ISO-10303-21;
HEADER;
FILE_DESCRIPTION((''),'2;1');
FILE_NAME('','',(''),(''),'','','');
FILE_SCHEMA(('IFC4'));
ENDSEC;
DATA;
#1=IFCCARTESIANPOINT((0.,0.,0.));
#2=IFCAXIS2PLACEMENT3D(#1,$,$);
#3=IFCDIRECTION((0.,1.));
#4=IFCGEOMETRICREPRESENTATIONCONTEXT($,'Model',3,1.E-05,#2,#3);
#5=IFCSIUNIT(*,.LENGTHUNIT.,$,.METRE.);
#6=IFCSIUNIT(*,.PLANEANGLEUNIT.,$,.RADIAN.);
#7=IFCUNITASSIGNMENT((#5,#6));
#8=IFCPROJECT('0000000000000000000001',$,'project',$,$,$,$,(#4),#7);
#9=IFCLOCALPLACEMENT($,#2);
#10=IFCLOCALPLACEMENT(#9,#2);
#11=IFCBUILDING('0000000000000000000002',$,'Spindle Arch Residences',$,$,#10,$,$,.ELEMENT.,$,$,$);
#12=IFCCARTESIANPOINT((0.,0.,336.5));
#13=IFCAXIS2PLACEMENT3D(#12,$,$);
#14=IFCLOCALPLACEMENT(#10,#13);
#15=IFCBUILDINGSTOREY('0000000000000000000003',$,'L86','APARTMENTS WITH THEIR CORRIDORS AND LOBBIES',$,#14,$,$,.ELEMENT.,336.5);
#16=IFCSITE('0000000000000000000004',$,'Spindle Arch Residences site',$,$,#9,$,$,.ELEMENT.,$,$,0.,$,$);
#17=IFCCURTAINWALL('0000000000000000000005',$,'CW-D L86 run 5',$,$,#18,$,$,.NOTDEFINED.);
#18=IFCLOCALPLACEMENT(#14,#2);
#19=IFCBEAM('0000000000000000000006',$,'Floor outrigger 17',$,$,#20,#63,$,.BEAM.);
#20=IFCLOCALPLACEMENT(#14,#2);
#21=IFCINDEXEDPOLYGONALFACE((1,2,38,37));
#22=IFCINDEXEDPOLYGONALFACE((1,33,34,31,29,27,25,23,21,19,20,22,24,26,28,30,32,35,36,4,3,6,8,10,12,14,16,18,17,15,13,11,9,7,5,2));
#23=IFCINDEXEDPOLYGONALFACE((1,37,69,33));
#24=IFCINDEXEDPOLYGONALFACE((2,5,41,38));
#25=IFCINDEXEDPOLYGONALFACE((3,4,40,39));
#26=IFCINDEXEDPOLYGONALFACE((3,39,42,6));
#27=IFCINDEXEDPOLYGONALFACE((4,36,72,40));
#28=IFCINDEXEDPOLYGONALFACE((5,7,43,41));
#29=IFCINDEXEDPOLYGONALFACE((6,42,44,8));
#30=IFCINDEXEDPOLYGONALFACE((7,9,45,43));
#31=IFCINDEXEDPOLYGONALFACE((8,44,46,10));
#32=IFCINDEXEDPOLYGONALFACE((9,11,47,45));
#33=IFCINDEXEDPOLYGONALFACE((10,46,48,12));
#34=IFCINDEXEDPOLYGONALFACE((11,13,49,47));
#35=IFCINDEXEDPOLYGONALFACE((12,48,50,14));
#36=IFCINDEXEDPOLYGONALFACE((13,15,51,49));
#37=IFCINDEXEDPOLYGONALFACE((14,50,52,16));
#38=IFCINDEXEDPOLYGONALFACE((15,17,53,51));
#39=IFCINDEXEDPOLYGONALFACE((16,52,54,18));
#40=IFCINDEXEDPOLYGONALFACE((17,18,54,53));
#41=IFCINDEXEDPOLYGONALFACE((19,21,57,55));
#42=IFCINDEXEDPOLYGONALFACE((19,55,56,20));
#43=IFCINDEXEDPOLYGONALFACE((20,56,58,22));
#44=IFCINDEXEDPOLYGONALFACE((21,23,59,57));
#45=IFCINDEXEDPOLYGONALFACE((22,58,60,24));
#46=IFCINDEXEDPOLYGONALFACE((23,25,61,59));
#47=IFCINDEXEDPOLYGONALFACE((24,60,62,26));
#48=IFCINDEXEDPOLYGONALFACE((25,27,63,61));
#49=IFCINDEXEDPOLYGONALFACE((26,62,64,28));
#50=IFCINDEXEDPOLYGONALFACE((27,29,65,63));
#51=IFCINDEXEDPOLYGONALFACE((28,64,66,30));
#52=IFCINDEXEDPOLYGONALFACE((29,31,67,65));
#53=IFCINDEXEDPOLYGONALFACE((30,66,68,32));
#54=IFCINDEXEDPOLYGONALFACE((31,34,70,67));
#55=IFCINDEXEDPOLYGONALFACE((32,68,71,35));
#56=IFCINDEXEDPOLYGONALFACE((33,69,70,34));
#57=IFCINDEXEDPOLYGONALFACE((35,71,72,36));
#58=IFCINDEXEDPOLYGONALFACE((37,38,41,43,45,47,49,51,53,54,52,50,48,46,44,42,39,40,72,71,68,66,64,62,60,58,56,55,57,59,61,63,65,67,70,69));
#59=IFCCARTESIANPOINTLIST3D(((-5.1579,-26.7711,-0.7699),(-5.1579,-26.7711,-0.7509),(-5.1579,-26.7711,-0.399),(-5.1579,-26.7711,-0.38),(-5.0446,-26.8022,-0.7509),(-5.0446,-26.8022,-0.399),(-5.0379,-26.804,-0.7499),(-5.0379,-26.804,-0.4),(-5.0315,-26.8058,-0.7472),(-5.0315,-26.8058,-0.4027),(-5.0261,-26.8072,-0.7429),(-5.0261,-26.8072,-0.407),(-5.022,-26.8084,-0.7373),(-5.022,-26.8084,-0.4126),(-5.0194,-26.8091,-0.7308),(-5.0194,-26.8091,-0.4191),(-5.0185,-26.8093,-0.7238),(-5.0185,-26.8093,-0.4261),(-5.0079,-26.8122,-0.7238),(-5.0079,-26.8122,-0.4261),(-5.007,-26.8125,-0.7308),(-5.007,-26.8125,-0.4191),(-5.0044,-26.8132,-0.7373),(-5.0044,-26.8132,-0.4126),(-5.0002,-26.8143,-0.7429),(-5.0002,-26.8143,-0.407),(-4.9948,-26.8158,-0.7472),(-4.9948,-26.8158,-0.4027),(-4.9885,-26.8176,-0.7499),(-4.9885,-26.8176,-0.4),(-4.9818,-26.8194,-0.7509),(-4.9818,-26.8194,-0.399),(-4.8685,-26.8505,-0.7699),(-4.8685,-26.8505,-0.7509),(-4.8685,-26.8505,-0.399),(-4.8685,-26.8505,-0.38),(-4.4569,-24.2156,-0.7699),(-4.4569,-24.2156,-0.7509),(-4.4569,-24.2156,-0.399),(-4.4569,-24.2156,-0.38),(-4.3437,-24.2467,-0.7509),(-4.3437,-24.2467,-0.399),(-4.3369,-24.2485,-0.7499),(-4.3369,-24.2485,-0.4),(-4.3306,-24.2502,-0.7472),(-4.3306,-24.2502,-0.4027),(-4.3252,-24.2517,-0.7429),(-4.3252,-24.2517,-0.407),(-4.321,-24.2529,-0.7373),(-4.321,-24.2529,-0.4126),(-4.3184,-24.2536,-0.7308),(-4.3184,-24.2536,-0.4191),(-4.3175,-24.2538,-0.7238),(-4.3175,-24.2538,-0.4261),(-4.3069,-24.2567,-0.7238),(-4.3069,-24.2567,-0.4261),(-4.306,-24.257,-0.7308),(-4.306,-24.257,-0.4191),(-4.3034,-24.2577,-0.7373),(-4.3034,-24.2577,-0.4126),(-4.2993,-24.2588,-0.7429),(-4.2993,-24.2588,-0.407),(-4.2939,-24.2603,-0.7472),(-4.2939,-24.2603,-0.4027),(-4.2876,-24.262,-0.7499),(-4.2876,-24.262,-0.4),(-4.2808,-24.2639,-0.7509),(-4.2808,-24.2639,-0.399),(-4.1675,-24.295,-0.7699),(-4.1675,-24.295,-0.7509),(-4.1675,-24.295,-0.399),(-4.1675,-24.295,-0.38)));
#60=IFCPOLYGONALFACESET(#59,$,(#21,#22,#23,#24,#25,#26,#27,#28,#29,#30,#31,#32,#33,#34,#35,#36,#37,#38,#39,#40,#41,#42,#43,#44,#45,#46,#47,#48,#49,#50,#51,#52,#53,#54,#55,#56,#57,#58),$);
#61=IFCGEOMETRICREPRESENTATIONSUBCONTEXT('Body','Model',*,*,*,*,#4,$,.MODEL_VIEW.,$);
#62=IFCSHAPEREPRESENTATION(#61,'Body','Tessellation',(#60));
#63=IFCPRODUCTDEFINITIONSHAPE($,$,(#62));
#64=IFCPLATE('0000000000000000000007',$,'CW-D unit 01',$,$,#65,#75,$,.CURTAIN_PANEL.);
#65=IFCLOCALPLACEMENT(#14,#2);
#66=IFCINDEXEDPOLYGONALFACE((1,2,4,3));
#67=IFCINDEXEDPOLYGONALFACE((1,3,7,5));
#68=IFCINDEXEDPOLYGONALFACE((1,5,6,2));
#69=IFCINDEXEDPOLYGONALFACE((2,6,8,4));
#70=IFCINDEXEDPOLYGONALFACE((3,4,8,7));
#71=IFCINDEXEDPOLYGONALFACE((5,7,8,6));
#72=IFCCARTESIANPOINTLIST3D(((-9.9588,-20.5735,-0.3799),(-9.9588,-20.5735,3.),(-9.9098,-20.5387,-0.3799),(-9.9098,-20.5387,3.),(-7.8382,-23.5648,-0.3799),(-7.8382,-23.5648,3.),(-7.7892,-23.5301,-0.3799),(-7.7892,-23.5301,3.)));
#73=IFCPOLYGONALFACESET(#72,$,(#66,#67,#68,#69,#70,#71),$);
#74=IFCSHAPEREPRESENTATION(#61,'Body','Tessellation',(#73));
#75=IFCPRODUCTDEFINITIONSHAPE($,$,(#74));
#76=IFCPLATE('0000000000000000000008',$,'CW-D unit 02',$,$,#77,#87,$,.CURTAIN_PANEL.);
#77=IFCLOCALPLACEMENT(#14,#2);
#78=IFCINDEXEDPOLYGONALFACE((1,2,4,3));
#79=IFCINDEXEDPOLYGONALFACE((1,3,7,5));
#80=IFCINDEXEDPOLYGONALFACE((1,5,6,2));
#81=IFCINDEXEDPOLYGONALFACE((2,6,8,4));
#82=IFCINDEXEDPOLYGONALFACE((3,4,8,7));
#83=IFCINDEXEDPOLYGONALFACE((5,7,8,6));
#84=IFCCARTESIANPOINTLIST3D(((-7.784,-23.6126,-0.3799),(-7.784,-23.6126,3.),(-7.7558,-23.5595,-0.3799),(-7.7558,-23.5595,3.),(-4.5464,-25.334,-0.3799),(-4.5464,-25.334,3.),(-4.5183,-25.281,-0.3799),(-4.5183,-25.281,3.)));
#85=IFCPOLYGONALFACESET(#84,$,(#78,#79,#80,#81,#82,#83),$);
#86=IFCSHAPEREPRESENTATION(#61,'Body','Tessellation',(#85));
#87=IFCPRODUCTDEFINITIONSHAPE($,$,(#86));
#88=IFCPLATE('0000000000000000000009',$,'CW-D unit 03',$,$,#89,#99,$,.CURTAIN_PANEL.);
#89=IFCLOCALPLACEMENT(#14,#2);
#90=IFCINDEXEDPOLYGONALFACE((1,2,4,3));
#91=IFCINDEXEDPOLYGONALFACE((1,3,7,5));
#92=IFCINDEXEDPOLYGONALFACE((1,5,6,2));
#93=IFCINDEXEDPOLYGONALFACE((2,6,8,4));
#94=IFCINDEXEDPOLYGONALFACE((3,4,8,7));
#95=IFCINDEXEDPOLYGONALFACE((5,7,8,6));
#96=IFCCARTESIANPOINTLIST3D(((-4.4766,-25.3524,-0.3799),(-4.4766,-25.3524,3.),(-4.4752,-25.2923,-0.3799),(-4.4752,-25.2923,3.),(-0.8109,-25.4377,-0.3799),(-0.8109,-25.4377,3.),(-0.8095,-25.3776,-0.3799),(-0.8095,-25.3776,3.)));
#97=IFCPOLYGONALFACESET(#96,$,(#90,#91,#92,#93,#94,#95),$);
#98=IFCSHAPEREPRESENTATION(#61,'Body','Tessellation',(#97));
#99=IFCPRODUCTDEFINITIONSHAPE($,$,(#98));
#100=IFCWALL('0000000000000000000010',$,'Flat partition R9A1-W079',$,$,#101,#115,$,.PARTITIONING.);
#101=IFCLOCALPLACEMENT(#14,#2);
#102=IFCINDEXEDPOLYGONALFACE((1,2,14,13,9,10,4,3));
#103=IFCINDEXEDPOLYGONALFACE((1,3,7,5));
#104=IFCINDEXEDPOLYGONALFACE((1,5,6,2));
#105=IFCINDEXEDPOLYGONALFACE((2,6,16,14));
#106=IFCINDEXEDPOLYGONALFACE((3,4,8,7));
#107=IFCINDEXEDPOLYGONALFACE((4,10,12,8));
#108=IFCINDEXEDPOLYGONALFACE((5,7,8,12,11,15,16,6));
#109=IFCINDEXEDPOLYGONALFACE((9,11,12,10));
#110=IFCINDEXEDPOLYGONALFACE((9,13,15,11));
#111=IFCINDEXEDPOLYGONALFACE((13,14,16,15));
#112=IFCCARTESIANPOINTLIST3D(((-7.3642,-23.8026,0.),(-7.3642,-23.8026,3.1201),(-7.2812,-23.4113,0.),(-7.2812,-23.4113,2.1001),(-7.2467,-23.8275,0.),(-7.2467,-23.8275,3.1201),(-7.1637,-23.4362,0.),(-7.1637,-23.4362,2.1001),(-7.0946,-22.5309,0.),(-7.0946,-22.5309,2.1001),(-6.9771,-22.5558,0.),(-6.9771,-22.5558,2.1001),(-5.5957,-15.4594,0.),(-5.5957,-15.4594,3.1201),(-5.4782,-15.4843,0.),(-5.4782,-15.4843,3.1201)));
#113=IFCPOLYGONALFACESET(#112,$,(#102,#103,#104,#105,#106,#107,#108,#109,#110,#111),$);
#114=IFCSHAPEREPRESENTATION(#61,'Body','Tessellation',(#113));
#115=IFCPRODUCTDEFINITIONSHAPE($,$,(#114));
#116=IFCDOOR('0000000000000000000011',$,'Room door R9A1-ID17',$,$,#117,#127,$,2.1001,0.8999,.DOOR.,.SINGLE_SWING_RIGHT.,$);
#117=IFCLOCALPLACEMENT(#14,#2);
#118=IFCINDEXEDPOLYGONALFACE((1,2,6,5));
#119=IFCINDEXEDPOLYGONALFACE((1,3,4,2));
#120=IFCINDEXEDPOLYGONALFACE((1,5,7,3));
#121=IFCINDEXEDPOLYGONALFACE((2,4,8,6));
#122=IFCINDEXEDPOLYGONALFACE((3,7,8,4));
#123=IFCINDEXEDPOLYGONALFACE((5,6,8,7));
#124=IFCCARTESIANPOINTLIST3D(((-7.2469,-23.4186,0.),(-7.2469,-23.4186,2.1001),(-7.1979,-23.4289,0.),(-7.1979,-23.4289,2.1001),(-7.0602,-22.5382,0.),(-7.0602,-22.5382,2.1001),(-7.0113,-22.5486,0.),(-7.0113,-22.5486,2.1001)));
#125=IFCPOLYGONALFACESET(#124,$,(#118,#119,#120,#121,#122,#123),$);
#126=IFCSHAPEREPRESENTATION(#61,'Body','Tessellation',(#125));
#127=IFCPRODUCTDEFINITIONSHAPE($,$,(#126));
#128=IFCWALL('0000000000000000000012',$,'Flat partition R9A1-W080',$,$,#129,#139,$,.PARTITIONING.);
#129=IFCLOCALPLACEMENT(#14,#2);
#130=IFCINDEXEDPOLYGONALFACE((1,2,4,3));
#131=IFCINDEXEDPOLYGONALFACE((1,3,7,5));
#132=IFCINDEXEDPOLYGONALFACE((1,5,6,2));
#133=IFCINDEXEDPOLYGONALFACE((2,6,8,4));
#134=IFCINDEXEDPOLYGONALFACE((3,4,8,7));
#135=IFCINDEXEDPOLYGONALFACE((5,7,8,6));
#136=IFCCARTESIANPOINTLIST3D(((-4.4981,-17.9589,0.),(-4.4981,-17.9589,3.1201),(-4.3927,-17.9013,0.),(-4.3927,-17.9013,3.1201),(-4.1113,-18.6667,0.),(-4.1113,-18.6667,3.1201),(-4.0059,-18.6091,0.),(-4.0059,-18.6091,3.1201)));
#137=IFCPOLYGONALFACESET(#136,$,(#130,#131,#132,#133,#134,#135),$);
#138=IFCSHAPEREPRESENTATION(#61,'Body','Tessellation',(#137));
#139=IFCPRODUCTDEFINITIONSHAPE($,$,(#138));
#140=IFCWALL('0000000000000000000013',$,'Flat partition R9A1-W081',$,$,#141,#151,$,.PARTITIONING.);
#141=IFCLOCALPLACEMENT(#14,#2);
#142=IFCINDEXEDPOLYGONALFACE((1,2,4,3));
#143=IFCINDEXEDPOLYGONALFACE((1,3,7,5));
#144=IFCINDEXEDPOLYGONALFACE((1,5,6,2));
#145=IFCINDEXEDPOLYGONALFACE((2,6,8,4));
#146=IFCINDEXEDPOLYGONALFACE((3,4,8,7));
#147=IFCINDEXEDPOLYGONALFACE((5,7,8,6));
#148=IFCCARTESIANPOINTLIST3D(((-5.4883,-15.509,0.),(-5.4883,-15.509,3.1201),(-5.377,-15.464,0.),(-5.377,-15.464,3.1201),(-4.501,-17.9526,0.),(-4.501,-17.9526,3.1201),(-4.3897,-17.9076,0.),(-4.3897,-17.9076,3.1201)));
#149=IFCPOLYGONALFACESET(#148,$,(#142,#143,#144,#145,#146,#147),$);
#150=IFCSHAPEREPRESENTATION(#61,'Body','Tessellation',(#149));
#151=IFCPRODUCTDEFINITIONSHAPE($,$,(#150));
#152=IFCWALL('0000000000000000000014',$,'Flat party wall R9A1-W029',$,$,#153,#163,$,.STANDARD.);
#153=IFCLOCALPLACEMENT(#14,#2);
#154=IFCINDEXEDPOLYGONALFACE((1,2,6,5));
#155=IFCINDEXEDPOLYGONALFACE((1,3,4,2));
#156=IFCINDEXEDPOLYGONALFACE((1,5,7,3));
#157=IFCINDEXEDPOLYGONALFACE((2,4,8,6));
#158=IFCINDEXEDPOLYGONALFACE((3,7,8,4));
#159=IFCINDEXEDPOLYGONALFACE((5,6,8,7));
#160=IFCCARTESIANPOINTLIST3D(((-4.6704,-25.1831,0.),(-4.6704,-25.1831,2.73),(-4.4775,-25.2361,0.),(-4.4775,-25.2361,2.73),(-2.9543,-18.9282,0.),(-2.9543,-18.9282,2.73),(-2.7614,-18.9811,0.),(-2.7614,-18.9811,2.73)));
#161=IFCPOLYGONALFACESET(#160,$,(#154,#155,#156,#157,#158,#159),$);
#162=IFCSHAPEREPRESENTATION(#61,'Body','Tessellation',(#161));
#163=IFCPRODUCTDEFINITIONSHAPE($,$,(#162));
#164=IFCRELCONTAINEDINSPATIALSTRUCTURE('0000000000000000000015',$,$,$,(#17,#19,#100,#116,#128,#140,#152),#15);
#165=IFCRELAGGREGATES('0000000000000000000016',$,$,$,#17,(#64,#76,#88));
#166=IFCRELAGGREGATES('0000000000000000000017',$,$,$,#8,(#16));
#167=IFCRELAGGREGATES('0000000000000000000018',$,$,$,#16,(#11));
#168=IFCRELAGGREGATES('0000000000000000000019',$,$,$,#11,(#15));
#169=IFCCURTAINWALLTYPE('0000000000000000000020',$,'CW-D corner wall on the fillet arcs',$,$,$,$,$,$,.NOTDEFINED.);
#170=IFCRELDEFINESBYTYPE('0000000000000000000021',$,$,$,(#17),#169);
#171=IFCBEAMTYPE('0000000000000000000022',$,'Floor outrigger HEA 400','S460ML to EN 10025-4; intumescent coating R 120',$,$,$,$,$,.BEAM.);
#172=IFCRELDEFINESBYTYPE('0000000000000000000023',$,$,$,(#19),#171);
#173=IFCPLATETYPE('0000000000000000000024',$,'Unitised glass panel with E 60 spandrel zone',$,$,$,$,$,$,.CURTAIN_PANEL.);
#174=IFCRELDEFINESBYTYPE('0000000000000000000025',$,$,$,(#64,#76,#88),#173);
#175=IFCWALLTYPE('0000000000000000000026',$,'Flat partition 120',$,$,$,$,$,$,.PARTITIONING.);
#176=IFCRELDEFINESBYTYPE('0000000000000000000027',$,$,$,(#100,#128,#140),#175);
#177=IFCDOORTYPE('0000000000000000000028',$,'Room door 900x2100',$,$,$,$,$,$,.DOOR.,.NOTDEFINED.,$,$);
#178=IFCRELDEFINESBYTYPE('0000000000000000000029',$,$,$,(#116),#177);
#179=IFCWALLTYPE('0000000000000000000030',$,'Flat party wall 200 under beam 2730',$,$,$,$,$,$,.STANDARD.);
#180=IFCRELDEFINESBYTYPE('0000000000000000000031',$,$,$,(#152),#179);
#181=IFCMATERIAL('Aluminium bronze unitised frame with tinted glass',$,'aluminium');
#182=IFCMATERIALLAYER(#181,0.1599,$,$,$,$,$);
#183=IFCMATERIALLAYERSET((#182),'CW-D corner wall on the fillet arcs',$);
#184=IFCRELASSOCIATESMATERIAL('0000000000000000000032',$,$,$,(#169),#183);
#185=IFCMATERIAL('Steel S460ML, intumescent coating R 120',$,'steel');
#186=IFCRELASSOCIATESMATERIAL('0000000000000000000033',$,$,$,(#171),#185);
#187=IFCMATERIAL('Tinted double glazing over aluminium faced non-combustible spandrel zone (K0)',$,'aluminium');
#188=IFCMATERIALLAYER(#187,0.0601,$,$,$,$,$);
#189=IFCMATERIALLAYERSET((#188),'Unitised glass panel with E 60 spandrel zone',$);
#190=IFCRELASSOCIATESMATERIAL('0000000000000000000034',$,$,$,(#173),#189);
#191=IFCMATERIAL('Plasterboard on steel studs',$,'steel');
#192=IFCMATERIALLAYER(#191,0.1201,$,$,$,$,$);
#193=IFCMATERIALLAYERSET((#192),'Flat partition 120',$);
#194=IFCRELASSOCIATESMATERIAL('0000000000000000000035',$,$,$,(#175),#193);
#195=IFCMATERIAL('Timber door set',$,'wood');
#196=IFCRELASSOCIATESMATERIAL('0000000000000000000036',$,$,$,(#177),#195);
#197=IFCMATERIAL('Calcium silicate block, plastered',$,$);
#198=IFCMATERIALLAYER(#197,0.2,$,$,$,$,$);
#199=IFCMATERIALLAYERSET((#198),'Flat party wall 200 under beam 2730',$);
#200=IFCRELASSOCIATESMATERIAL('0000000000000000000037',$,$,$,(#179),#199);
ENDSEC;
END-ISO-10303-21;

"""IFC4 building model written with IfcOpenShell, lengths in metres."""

from ifc_helpers import new_model, si_unit, direction, frame, frame_2d, origin, origin_2d, place, context, subcontext, project, spatial, rectangle, i_section, extrude, material, layer, layer_set, material_profile, profile_set, type_object, element, fill, aggregate, save


model = new_model("IFC4")

# Units and contexts
model_context = context("Model", 3, precision=1e-05, world=origin(), true_north=direction((0.0, 1.0)))
body_context = subcontext(model_context, "Body", "Model", "MODEL_VIEW")
ifc_project = project(units=[si_unit("LENGTHUNIT", "METRE"), si_unit("PLANEANGLEUNIT", "RADIAN")], contexts=[model_context])

# Site, building, storey
site_placement = place(None, origin())
site = spatial("IfcSite", under=ifc_project, at=site_placement, Name="Spindle Arch Residences site", CompositionType="ELEMENT", RefElevation=0.0)
building_placement = place(site_placement, origin())
building = spatial("IfcBuilding", under=site, at=building_placement, Name="Spindle Arch Residences", CompositionType="ELEMENT")
storey_placement = place(building_placement, frame((0.0, 0.0, 336.5)))
storey = spatial("IfcBuildingStorey", under=building, at=storey_placement, Name="L86", Description="APARTMENTS WITH THEIR CORRIDORS AND LOBBIES", CompositionType="ELEMENT", Elevation=336.5)

# Curtain wall
ifc_material_1 = material(Name="Aluminium bronze unitised frame with tinted glass", Category="aluminium")
ifc_layer_1 = layer(ifc_material_1, 0.1599)
ifc_layer_set_1 = layer_set([ifc_layer_1], Name="CW-D corner wall on the fillet arcs")
curtain_wall_type = type_object("IfcCurtainWallType", Name="CW-D corner wall on the fillet arcs", PredefinedType="NOTDEFINED", material=ifc_layer_set_1)
curtain_wall_placement = place(storey_placement, origin())
curtain_wall = element("IfcCurtainWall", 1, at=curtain_wall_placement, inside=storey, type_object=curtain_wall_type, Name="CW-D L86 run 5", PredefinedType="NOTDEFINED")

# Beam
ifc_material_2 = material(Name="Steel S460ML, intumescent coating R 120", Category="steel")
ifc_material_profile_1 = material_profile(ifc_material_2, i_section(OverallWidth=0.3, OverallDepth=0.3899, WebThickness=0.011, FlangeThickness=0.019, FilletRadius=0.0271, at=origin_2d()), Name="HEA 400")
ifc_profile_set_1 = profile_set([ifc_material_profile_1], Name="Steel S460ML, intumescent coating R 120")
beam_type_1 = type_object("IfcBeamType", Name="Floor outrigger HEA 400", Description="S460ML to EN 10025-4; intumescent coating R 120", PredefinedType="BEAM", material=ifc_profile_set_1)
beam_1_placement = place(storey_placement, frame((-5.0132, -26.8108, -0.575), z_axis=(0.26452, 0.96438, 0.0), x_axis=(-0.96438, 0.26452, 0.0)))
element("IfcBeam", 2, at=beam_1_placement, inside=storey, type_object=beam_type_1, Name="Floor outrigger 17", PredefinedType="BEAM", context=body_context, shape_type="SweptSolid", body=[
    extrude(i_section(OverallWidth=0.3, OverallDepth=0.3899, WebThickness=0.011, FlangeThickness=0.019, FilletRadius=0.0271, at=origin_2d()), origin(), (0.0, 0.0, 1.0), 2.6499),
])

# Plates
ifc_material_3 = material(Name="Tinted double glazing over aluminium faced non-combustible spandrel zone (K0)", Category="aluminium")
ifc_layer_2 = layer(ifc_material_3, 0.0601)
ifc_layer_set_2 = layer_set([ifc_layer_2], Name="Unitised glass panel with E 60 spandrel zone")
plate_type = type_object("IfcPlateType", Name="Unitised glass panel with E 60 spandrel zone", PredefinedType="CURTAIN_PANEL", material=ifc_layer_set_2)
plate_1_placement = place(storey_placement, frame((-8.874, -22.0518, -0.3799), z_axis=(0.0, 0.0, 1.0), x_axis=(0.578332, -0.815801, 0.0)))
plate_1 = element("IfcPlate", 3, at=plate_1_placement, type_object=plate_type, Name="CW-D unit 01", PredefinedType="CURTAIN_PANEL", context=body_context, shape_type="SweptSolid", body=[
    extrude(rectangle(XDim=3.6667, YDim=0.0601, at=origin_2d()), origin(), (0.0, 0.0, 1.0), 3.3799),
])
plate_2_placement = place(storey_placement, frame((-6.1511, -24.4468, -0.3799), z_axis=(0.0, 0.0, 1.0), x_axis=(0.882948, -0.469472, 0.0)))
plate_2 = element("IfcPlate", 4, at=plate_2_placement, type_object=plate_type, Name="CW-D unit 02", PredefinedType="CURTAIN_PANEL", context=body_context, shape_type="SweptSolid", body=[
    extrude(rectangle(XDim=3.6667, YDim=0.0601, at=origin_2d()), origin(), (0.0, 0.0, 1.0), 3.3799),
])
plate_3_placement = place(storey_placement, frame((-2.6431, -25.365, -0.3799), z_axis=(0.0, 0.0, 1.0), x_axis=(0.999729, -0.023269, 0.0)))
plate_3 = element("IfcPlate", 5, at=plate_3_placement, type_object=plate_type, Name="CW-D unit 03", PredefinedType="CURTAIN_PANEL", context=body_context, shape_type="SweptSolid", body=[
    extrude(rectangle(XDim=3.6667, YDim=0.0601, at=origin_2d()), origin(), (0.0, 0.0, 1.0), 3.3799),
])
aggregate(curtain_wall, [plate_1, plate_2, plate_3])

# Wall, opening, door
ifc_material_4 = material(Name="Plasterboard on steel studs", Category="steel")
ifc_layer_3 = layer(ifc_material_4, 0.1201)
ifc_layer_set_3 = layer_set([ifc_layer_3], Name="Flat partition 120")
wall_type_1 = type_object("IfcWallType", Name="Flat partition 120", PredefinedType="PARTITIONING", material=ifc_layer_set_3)
wall_1_placement = place(storey_placement, frame((-7.3054, -23.8149, 0.0), z_axis=(0.0, 0.0, 1.0), x_axis=(0.207366, 0.978263, 0.0)))
wall_1 = element("IfcWall", 6, at=wall_1_placement, inside=storey, type_object=wall_type_1, Name="Flat partition R9A1-W079", PredefinedType="PARTITIONING", context=body_context, shape_type="SweptSolid", body=[
    extrude(rectangle(XDim=8.5286, YDim=0.1201, at=frame_2d((4.2642, 0.0))), origin(), (0.0, 0.0, 1.0), 3.1201),
])
opening_placement = place(wall_1_placement, frame((0.3999, 0.0, 0.0)))
opening = element("IfcOpeningElement", 7, at=opening_placement, cuts=wall_1, PredefinedType="OPENING", context=body_context, shape_type="SweptSolid", body=[
    extrude(rectangle(XDim=0.8999, YDim=2.1001, at=frame_2d((0.45, 1.05))), frame((0.0, 0.0701, 0.0), z_axis=(0.0, -1.0, 0.0), x_axis=(1.0, 0.0, 0.0)), (0.0, 0.0, 1.0), 0.1401),
])
ifc_material_5 = material(Name="Timber door set", Category="wood")
door_type = type_object("IfcDoorType", Name="Room door 900x2100", OperationType="NOTDEFINED", PredefinedType="DOOR", material=ifc_material_5)
door_placement = place(opening_placement, origin())
door = element("IfcDoor", 8, at=door_placement, inside=storey, type_object=door_type, Name="Room door R9A1-ID17", OperationType="SINGLE_SWING_RIGHT", OverallHeight=2.1001, OverallWidth=0.8999, PredefinedType="DOOR", context=body_context, shape_type="SweptSolid", body=[
    extrude(rectangle(XDim=0.8999, YDim=2.1001, at=frame_2d((0.45, 1.05))), frame((0.0, 0.0249, 0.0), z_axis=(0.0, -1.0, 0.0), x_axis=(1.0, 0.0, 0.0)), (0.0, 0.0, 1.0), 0.05),
])
fill(opening, door)

# Walls
wall_2_placement = place(storey_placement, frame((-4.0586, -18.6379, 0.0), z_axis=(0.0, 0.0, 1.0), x_axis=(-0.479488, 0.877548, 0.0)))
element("IfcWall", 9, at=wall_2_placement, inside=storey, type_object=wall_type_1, Name="Flat partition R9A1-W080", PredefinedType="PARTITIONING", context=body_context, shape_type="SweptSolid", body=[
    extrude(rectangle(XDim=0.8066, YDim=0.1201, at=frame_2d((0.4033, 0.0))), origin(), (0.0, 0.0, 1.0), 3.1201),
])
wall_3_placement = place(storey_placement, frame((-4.4453, -17.9302, 0.0), z_axis=(0.0, 0.0, 1.0), x_axis=(-0.374615, 0.927181, 0.0)))
element("IfcWall", 10, at=wall_3_placement, inside=storey, type_object=wall_type_1, Name="Flat partition R9A1-W081", PredefinedType="PARTITIONING", context=body_context, shape_type="SweptSolid", body=[
    extrude(rectangle(XDim=2.6355, YDim=0.1201, at=frame_2d((1.3179, 0.0))), origin(), (0.0, 0.0, 1.0), 3.1201),
])
ifc_material_6 = material(Name="Calcium silicate block, plastered")
ifc_layer_4 = layer(ifc_material_6, 0.2)
ifc_layer_set_4 = layer_set([ifc_layer_4], Name="Flat party wall 200 under beam 2730")
wall_type_2 = type_object("IfcWallType", Name="Flat party wall 200 under beam 2730", PredefinedType="STANDARD", material=ifc_layer_set_4)
wall_4_placement = place(storey_placement, frame((-4.574, -25.2097, 0.0), z_axis=(0.0, 0.0, 1.0), x_axis=(0.264579, 0.964364, 0.0)))
element("IfcWall", 11, at=wall_4_placement, inside=storey, type_object=wall_type_2, Name="Flat party wall R9A1-W029", PredefinedType="STANDARD", context=body_context, shape_type="SweptSolid", body=[
    extrude(rectangle(XDim=6.4861, YDim=0.2, at=frame_2d((3.2432, 0.0))), origin(), (0.0, 0.0, 1.0), 2.73),
])

save(model, "model.ifc")
